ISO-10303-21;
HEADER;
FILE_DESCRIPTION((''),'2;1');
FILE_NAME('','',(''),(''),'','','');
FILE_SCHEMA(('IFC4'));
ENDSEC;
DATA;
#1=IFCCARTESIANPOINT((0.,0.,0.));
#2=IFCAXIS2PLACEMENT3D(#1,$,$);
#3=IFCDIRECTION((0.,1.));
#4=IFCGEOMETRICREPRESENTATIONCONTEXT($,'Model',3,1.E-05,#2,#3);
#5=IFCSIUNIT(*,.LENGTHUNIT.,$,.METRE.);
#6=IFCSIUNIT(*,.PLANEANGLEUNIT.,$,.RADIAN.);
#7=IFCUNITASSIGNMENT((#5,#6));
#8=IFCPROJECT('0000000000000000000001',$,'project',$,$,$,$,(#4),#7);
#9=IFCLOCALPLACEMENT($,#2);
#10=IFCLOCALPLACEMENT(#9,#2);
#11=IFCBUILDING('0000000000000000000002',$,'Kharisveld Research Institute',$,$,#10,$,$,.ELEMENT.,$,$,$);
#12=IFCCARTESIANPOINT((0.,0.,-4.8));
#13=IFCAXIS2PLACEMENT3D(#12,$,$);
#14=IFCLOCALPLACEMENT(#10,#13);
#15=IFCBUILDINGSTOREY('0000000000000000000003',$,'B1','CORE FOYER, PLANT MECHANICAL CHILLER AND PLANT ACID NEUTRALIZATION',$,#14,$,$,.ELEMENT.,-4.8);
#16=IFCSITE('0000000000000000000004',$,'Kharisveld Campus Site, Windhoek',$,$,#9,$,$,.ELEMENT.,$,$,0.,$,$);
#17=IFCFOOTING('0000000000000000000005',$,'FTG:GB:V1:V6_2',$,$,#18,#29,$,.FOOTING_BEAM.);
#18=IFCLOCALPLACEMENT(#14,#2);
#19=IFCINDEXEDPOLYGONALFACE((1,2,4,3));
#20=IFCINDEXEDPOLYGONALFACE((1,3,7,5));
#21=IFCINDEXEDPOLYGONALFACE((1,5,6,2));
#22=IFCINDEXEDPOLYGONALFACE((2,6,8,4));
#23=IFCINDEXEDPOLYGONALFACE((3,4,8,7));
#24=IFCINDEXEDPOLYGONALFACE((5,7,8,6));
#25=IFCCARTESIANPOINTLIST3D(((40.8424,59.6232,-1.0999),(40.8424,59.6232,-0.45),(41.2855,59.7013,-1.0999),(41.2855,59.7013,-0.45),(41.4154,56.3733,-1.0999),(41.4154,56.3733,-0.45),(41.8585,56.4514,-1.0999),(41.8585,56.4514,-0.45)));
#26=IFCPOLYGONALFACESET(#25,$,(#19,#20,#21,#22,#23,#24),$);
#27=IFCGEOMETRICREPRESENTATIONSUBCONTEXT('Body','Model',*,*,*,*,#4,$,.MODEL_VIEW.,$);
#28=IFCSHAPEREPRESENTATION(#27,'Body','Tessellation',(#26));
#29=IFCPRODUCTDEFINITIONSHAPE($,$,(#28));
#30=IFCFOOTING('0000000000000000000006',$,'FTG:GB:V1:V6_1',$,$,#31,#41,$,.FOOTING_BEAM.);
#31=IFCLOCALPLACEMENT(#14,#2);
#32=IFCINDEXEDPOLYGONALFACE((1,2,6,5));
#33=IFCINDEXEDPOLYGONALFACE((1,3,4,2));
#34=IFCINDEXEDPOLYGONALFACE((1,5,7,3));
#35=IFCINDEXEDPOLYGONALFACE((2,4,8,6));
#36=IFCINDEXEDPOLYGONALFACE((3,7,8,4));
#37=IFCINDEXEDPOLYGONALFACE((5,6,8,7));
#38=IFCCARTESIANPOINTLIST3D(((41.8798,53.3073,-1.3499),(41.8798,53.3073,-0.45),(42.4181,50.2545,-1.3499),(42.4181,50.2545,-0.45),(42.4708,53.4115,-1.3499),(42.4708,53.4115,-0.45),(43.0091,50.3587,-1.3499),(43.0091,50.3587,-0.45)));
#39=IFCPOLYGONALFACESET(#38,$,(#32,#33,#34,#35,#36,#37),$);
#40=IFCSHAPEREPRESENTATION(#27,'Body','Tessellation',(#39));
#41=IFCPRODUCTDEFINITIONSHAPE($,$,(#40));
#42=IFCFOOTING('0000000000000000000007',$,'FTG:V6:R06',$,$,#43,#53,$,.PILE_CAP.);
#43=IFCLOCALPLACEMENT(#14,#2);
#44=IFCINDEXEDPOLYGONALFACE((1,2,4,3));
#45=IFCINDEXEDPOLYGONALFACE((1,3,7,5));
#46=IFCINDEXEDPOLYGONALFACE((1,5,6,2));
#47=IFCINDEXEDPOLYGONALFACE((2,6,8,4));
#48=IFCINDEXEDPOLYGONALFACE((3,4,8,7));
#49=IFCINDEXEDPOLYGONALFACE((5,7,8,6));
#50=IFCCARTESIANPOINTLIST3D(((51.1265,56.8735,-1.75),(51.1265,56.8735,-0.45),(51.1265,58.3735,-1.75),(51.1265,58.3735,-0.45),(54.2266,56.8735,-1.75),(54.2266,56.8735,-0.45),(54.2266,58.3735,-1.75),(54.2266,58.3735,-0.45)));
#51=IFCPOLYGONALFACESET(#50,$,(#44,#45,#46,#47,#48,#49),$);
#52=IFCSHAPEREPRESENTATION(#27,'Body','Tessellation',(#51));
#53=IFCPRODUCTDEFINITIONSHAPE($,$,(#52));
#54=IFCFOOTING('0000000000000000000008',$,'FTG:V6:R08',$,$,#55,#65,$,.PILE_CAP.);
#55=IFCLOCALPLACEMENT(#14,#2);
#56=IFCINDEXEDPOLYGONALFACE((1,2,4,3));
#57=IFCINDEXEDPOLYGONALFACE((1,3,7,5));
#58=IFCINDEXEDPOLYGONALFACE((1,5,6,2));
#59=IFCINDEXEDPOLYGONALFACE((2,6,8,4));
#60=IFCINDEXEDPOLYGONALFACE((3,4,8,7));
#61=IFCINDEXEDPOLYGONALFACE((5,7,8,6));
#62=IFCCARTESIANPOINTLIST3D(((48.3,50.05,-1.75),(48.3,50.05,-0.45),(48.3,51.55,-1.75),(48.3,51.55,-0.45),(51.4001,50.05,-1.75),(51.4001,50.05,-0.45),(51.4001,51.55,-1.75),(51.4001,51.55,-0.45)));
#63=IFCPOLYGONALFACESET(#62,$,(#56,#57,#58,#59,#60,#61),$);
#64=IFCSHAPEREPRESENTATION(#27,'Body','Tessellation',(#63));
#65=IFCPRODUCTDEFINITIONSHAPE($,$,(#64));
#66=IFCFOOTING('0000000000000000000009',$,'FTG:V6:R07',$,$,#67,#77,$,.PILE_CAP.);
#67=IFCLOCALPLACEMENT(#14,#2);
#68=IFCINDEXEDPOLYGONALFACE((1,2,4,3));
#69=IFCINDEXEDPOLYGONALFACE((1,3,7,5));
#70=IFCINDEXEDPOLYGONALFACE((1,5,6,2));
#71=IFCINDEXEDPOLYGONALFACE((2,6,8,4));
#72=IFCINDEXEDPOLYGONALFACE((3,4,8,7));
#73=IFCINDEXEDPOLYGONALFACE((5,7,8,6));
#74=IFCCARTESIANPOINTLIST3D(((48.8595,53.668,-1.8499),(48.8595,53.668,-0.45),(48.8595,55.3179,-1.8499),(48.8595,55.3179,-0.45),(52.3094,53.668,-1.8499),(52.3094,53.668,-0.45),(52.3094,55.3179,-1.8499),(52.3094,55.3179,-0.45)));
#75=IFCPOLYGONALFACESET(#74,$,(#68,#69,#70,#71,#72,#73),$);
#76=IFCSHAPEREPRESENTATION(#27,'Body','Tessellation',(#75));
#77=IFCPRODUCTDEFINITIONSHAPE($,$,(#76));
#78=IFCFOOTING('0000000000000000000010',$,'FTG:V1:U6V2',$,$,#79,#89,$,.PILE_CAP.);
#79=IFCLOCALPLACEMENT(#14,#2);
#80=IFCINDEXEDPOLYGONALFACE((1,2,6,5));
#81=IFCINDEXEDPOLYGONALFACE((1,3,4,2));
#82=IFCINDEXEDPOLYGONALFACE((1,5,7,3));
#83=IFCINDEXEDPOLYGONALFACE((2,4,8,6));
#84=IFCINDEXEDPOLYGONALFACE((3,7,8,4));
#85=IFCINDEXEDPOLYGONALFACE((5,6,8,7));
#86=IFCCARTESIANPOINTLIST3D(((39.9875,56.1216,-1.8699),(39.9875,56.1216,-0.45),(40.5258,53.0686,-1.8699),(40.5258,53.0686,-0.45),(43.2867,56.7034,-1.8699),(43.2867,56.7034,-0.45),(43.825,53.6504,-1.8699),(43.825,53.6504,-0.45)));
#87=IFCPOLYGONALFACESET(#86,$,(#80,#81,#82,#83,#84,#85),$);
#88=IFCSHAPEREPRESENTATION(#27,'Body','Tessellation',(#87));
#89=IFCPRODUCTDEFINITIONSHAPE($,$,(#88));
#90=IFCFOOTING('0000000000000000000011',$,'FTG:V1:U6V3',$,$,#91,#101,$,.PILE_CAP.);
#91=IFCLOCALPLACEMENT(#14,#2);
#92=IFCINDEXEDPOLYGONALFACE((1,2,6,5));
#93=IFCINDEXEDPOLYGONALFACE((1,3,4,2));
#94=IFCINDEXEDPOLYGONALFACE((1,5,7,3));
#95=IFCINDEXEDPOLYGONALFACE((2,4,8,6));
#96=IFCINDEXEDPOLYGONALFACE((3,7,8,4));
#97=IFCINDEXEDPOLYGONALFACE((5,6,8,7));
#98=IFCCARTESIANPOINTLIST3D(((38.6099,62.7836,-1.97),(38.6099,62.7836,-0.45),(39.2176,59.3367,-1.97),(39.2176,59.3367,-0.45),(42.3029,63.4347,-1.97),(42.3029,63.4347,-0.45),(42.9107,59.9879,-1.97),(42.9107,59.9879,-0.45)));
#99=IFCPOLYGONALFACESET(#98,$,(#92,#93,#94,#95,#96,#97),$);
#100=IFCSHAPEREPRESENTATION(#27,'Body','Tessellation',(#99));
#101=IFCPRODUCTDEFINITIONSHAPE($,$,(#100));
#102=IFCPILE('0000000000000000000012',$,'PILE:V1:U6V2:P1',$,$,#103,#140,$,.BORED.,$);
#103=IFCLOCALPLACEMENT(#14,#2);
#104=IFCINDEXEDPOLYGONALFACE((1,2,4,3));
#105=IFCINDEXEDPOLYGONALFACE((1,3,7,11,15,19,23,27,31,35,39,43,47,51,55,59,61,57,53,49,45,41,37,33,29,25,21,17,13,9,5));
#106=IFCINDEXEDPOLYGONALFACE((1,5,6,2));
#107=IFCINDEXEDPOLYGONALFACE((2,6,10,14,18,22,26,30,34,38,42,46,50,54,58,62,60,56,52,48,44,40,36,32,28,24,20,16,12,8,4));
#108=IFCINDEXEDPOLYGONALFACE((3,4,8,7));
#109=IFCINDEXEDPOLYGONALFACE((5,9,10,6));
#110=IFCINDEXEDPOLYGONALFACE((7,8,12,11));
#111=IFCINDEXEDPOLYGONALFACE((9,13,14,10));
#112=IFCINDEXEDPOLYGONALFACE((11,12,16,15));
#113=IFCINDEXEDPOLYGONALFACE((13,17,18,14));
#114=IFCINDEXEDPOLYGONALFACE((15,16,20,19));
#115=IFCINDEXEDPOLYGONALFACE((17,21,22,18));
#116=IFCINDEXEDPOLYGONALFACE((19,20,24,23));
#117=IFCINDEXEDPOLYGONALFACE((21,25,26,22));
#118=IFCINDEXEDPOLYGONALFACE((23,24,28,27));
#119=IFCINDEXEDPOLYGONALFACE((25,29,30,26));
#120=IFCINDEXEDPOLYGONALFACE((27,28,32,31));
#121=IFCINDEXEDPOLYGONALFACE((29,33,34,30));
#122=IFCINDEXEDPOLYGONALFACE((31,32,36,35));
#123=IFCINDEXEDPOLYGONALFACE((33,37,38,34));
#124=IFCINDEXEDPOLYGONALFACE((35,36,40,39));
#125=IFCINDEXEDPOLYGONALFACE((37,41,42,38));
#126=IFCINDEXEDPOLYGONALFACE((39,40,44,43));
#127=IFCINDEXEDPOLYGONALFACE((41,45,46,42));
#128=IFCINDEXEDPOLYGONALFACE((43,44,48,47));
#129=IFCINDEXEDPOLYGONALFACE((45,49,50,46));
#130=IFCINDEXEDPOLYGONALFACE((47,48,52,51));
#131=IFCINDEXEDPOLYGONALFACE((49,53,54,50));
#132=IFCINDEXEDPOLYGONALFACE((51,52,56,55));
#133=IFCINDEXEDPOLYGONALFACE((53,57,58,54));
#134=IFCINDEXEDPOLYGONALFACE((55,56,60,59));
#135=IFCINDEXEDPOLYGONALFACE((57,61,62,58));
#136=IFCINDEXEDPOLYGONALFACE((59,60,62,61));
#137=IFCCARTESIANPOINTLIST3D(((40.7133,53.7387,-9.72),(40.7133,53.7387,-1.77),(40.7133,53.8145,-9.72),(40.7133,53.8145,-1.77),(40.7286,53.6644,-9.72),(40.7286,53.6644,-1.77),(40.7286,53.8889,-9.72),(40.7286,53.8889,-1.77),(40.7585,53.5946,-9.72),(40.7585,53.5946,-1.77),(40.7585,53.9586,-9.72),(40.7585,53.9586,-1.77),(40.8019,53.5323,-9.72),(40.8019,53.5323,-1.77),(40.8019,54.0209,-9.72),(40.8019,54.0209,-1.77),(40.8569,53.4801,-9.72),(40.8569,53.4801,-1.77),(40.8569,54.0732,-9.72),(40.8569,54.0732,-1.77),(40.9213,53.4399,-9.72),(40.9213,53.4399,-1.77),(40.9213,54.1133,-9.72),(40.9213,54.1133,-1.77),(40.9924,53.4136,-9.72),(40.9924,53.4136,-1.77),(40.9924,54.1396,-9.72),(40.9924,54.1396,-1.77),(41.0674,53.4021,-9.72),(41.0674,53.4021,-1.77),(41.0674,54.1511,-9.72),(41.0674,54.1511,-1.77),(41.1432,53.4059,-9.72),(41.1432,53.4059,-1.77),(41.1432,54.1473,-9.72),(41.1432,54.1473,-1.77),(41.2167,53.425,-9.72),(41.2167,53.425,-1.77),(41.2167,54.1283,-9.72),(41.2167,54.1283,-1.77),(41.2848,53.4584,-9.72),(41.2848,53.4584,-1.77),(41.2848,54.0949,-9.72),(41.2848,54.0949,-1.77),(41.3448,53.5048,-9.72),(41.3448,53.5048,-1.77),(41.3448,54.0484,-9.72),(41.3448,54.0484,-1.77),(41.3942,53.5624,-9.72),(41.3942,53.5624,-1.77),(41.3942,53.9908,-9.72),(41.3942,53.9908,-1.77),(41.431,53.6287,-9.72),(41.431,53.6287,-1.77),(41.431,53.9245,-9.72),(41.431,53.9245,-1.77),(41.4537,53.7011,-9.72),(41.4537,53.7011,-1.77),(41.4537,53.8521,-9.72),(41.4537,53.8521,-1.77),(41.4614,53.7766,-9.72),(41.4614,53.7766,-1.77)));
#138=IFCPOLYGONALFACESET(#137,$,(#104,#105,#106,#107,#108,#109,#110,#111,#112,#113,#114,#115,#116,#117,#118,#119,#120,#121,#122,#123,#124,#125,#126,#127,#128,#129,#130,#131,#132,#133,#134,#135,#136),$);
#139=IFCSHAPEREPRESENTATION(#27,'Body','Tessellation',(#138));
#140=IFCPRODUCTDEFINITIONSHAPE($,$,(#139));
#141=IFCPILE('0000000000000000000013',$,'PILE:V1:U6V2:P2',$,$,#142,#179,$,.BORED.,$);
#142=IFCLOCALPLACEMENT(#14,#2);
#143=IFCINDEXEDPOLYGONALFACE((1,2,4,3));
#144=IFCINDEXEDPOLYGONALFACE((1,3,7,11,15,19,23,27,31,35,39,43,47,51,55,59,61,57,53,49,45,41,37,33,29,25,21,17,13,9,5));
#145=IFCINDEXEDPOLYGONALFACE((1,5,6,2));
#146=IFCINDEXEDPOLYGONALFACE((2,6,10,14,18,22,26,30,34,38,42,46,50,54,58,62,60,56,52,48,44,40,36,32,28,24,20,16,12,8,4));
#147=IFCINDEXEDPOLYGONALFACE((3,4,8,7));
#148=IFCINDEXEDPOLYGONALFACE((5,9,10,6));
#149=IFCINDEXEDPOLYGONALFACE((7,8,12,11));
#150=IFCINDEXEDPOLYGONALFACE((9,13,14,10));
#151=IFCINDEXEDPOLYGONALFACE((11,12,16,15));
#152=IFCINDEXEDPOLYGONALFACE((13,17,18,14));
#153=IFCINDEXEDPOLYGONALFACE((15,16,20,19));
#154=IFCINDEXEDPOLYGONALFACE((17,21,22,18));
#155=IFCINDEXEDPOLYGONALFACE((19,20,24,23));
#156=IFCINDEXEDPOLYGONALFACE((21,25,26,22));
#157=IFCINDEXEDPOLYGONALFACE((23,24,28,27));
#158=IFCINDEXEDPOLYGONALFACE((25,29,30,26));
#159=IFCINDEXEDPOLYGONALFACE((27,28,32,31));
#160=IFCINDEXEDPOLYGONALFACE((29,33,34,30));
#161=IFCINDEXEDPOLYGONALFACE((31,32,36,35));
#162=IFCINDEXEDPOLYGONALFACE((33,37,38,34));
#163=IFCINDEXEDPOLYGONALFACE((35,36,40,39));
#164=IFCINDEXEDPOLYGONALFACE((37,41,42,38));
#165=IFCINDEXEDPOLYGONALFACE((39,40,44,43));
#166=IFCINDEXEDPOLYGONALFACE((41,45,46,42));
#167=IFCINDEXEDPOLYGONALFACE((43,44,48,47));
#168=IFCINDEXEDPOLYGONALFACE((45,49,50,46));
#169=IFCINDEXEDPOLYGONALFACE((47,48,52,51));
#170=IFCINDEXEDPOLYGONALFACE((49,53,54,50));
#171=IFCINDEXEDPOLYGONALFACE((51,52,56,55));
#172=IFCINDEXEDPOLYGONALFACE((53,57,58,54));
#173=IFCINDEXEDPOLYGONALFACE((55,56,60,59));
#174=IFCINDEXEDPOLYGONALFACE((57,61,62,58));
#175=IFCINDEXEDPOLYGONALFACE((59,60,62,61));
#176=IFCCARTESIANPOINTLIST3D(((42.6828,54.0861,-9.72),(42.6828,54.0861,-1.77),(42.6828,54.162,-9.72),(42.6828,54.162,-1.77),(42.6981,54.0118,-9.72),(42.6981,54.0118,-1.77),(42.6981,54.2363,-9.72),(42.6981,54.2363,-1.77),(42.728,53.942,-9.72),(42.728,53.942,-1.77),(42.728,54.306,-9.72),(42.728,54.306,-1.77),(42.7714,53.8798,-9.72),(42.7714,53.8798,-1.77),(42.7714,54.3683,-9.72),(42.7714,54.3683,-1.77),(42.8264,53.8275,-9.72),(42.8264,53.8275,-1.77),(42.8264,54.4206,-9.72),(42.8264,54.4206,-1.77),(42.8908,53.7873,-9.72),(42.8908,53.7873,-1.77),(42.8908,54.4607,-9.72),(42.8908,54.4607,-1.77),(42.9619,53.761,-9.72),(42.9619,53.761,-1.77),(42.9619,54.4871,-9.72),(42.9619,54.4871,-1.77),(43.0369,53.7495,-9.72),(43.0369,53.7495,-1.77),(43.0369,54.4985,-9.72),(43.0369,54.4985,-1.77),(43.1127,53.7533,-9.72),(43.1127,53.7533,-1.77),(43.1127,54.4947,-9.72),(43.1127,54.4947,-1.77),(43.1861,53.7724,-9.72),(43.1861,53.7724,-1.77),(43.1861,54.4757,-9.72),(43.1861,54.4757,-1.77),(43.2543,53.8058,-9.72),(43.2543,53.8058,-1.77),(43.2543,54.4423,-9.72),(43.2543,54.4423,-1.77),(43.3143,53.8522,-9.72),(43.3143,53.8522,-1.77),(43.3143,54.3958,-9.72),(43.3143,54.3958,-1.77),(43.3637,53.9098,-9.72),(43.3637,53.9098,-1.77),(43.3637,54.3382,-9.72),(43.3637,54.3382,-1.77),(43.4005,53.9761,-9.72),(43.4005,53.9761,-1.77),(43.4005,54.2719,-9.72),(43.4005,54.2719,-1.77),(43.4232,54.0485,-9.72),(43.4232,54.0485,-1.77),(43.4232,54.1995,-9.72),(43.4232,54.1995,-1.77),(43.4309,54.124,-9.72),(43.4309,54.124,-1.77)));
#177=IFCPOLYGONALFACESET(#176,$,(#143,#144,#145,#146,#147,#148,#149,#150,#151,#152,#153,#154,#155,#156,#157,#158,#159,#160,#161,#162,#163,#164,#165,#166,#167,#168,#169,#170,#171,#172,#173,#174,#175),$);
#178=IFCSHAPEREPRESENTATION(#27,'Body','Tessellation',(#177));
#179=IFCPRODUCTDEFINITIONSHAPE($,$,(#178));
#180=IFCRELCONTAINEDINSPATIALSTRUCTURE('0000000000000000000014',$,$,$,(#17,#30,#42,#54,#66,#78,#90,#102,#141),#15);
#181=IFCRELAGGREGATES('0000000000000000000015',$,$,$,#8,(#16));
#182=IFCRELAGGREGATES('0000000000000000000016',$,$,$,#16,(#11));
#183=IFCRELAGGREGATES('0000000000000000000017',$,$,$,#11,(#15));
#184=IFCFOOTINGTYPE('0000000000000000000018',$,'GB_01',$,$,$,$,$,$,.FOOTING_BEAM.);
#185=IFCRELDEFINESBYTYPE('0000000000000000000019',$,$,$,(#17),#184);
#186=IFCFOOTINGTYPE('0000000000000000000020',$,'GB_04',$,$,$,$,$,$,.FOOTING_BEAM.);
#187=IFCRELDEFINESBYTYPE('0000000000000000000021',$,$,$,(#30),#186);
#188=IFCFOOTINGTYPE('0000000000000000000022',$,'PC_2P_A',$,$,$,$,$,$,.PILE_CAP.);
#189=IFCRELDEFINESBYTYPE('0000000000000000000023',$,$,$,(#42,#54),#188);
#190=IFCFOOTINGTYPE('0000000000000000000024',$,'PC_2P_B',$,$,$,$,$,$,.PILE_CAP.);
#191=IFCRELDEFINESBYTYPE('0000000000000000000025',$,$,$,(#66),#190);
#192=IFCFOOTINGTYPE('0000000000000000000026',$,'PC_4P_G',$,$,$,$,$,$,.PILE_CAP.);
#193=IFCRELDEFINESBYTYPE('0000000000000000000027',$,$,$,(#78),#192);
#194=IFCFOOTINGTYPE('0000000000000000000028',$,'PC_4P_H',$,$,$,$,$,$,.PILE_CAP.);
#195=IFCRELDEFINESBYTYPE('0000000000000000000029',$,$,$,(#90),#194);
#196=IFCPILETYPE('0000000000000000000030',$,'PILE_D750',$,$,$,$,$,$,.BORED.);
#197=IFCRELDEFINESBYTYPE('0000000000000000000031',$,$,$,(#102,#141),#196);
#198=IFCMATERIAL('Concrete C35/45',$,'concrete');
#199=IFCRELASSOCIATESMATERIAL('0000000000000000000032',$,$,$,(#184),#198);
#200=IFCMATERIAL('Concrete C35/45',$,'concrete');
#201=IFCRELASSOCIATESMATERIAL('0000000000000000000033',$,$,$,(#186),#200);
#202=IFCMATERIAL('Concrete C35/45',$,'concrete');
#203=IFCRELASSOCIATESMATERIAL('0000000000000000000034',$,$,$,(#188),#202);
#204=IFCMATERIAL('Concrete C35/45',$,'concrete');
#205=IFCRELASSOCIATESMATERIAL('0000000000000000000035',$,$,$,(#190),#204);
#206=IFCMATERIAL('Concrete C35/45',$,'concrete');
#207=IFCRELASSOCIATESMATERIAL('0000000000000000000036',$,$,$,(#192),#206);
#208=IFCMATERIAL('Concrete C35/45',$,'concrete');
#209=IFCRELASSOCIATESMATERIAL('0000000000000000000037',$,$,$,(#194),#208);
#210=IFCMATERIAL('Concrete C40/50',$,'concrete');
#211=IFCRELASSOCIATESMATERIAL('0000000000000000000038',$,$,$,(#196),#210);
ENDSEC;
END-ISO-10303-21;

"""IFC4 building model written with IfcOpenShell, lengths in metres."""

from ifc_helpers import new_model, si_unit, direction, frame, origin, origin_2d, place, context, subcontext, project, spatial, rectangle, circle, extrude, material, material_profile, profile_set, type_object, element, save


model = new_model("IFC4")

# Units and contexts
model_context = context("Model", 3, precision=1e-05, world=origin(), true_north=direction((0.0, 1.0)))
body_context = subcontext(model_context, "Body", "Model", "MODEL_VIEW")
ifc_project = project(units=[si_unit("LENGTHUNIT", "METRE"), si_unit("PLANEANGLEUNIT", "RADIAN")], contexts=[model_context])

# Site, building, storey
site_placement = place(None, origin())
site = spatial("IfcSite", under=ifc_project, at=site_placement, Name="Kharisveld Campus Site, Windhoek", CompositionType="ELEMENT", RefElevation=0.0)
building_placement = place(site_placement, origin())
building = spatial("IfcBuilding", under=site, at=building_placement, Name="Kharisveld Research Institute", CompositionType="ELEMENT")
storey_placement = place(building_placement, frame((0.0, 0.0, -4.8)))
storey = spatial("IfcBuildingStorey", under=building, at=storey_placement, Name="B1", Description="CORE FOYER, PLANT MECHANICAL CHILLER AND PLANT ACID NEUTRALIZATION", CompositionType="ELEMENT", Elevation=-4.8)

# Footings
ifc_material_1 = material(Name="Concrete C35/45", Category="concrete")
ifc_material_profile_1 = material_profile(ifc_material_1, rectangle(XDim=0.45, YDim=0.6499, at=origin_2d()))
ifc_profile_set_1 = profile_set([ifc_material_profile_1], Name="Concrete C35/45")
footing_type_1 = type_object("IfcFootingType", Name="GB_01", PredefinedType="FOOTING_BEAM", material=ifc_profile_set_1)
footing_1_placement = place(storey_placement, frame((41.637, 56.4124, -0.7749), z_axis=(-0.173629, 0.984811, 0.0), x_axis=(-0.984811, -0.173629, 0.0)))
element("IfcFooting", 1, at=footing_1_placement, inside=storey, type_object=footing_type_1, Name="FTG:GB:V1:V6_2", PredefinedType="FOOTING_BEAM", context=body_context, shape_type="SweptSolid", body=[
    extrude(rectangle(XDim=0.45, YDim=0.6499, at=origin_2d()), origin(), (0.0, 0.0, 1.0), 3.3),
])
ifc_material_2 = material(Name="Concrete C35/45", Category="concrete")
ifc_material_profile_2 = material_profile(ifc_material_2, rectangle(XDim=0.6001, YDim=0.8999, at=origin_2d()))
ifc_profile_set_2 = profile_set([ifc_material_profile_2], Name="Concrete C35/45")
footing_type_2 = type_object("IfcFootingType", Name="GB_04", PredefinedType="FOOTING_BEAM", material=ifc_profile_set_2)
footing_2_placement = place(storey_placement, frame((42.7136, 50.3066, -0.8999), z_axis=(-0.173664, 0.984805, 0.0), x_axis=(-0.984805, -0.173664, 0.0)))
element("IfcFooting", 2, at=footing_2_placement, inside=storey, type_object=footing_type_2, Name="FTG:GB:V1:V6_1", PredefinedType="FOOTING_BEAM", context=body_context, shape_type="SweptSolid", body=[
    extrude(rectangle(XDim=0.6001, YDim=0.8999, at=origin_2d()), origin(), (0.0, 0.0, 1.0), 3.0999),
])
ifc_material_3 = material(Name="Concrete C35/45", Category="concrete")
footing_type_3 = type_object("IfcFootingType", Name="PC_2P_A", PredefinedType="PILE_CAP", material=ifc_material_3)
for number, where, z_axis, x_axis, name in (
    (3, (52.6765, 57.6235, -1.75), (0.0, 0.0, 1.0), (1.0, 0.0, 0.0), "FTG:V6:R06"),
    (4, (49.8501, 50.8, -1.75), (0.0, 0.0, 1.0), (1.0, 0.0, 0.0), "FTG:V6:R08"),
):
    element("IfcFooting", number, at=place(storey_placement, frame(where, z_axis=z_axis, x_axis=x_axis)), inside=storey, type_object=footing_type_3, Name=name, PredefinedType="PILE_CAP", context=body_context, shape_type="SweptSolid", body=[
        extrude(rectangle(XDim=3.1001, YDim=1.5, at=origin_2d()), origin(), (0.0, 0.0, 1.0), 1.3),
    ])
ifc_material_4 = material(Name="Concrete C35/45", Category="concrete")
footing_type_4 = type_object("IfcFootingType", Name="PC_2P_B", PredefinedType="PILE_CAP", material=ifc_material_4)
footing_3_placement = place(storey_placement, frame((50.5845, 54.4929, -1.8499), z_axis=(0.0, 0.0, 1.0), x_axis=(1.0, 0.0, 0.0)))
element("IfcFooting", 5, at=footing_3_placement, inside=storey, type_object=footing_type_4, Name="FTG:V6:R07", PredefinedType="PILE_CAP", context=body_context, shape_type="SweptSolid", body=[
    extrude(rectangle(XDim=3.45, YDim=1.6499, at=origin_2d()), origin(), (0.0, 0.0, 1.0), 1.3999),
])
ifc_material_5 = material(Name="Concrete C35/45", Category="concrete")
footing_type_5 = type_object("IfcFootingType", Name="PC_4P_G", PredefinedType="PILE_CAP", material=ifc_material_5)
footing_4_placement = place(storey_placement, frame((41.9062, 54.886, -1.8699), z_axis=(0.0, 0.0, 1.0), x_axis=(0.984808, 0.173648, 0.0)))
element("IfcFooting", 6, at=footing_4_placement, inside=storey, type_object=footing_type_5, Name="FTG:V1:U6V2", PredefinedType="PILE_CAP", context=body_context, shape_type="SweptSolid", body=[
    extrude(rectangle(XDim=3.3501, YDim=3.1001, at=origin_2d()), origin(), (0.0, 0.0, 1.0), 1.4199),
])
ifc_material_6 = material(Name="Concrete C35/45", Category="concrete")
footing_type_6 = type_object("IfcFootingType", Name="PC_4P_H", PredefinedType="PILE_CAP", material=ifc_material_6)
footing_5_placement = place(storey_placement, frame((40.7603, 61.3857, -1.97), z_axis=(0.0, 0.0, 1.0), x_axis=(0.984808, 0.173648, 0.0)))
element("IfcFooting", 7, at=footing_5_placement, inside=storey, type_object=footing_type_6, Name="FTG:V1:U6V3", PredefinedType="PILE_CAP", context=body_context, shape_type="SweptSolid", body=[
    extrude(rectangle(XDim=3.75, YDim=3.5, at=origin_2d()), origin(), (0.0, 0.0, 1.0), 1.52),
])

# Piles
ifc_material_7 = material(Name="Concrete C40/50", Category="concrete")
ifc_material_profile_3 = material_profile(ifc_material_7, circle(Radius=0.375, at=origin_2d()))
ifc_profile_set_3 = profile_set([ifc_material_profile_3], Name="Concrete C40/50")
pile_type_1 = type_object("IfcPileType", Name="PILE_D750", PredefinedType="BORED", material=ifc_profile_set_3)
for number, where, z_axis, x_axis, name in (
    (8, (41.0864, 53.7766, -1.77), (0.0, 0.0, -1.0), (1.0, 0.0, 0.0), "PILE:V1:U6V2:P1"),
    (9, (43.0559, 54.124, -1.77), (0.0, 0.0, -1.0), (1.0, 0.0, 0.0), "PILE:V1:U6V2:P2"),
):
    element("IfcPile", number, at=place(storey_placement, frame(where, z_axis=z_axis, x_axis=x_axis)), inside=storey, type_object=pile_type_1, Name=name, PredefinedType="BORED", context=body_context, shape_type="SweptSolid", body=[
        extrude(circle(Radius=0.375, at=origin_2d()), origin(), (0.0, 0.0, 1.0), 7.95),
    ])

save(model, "model.ifc")
